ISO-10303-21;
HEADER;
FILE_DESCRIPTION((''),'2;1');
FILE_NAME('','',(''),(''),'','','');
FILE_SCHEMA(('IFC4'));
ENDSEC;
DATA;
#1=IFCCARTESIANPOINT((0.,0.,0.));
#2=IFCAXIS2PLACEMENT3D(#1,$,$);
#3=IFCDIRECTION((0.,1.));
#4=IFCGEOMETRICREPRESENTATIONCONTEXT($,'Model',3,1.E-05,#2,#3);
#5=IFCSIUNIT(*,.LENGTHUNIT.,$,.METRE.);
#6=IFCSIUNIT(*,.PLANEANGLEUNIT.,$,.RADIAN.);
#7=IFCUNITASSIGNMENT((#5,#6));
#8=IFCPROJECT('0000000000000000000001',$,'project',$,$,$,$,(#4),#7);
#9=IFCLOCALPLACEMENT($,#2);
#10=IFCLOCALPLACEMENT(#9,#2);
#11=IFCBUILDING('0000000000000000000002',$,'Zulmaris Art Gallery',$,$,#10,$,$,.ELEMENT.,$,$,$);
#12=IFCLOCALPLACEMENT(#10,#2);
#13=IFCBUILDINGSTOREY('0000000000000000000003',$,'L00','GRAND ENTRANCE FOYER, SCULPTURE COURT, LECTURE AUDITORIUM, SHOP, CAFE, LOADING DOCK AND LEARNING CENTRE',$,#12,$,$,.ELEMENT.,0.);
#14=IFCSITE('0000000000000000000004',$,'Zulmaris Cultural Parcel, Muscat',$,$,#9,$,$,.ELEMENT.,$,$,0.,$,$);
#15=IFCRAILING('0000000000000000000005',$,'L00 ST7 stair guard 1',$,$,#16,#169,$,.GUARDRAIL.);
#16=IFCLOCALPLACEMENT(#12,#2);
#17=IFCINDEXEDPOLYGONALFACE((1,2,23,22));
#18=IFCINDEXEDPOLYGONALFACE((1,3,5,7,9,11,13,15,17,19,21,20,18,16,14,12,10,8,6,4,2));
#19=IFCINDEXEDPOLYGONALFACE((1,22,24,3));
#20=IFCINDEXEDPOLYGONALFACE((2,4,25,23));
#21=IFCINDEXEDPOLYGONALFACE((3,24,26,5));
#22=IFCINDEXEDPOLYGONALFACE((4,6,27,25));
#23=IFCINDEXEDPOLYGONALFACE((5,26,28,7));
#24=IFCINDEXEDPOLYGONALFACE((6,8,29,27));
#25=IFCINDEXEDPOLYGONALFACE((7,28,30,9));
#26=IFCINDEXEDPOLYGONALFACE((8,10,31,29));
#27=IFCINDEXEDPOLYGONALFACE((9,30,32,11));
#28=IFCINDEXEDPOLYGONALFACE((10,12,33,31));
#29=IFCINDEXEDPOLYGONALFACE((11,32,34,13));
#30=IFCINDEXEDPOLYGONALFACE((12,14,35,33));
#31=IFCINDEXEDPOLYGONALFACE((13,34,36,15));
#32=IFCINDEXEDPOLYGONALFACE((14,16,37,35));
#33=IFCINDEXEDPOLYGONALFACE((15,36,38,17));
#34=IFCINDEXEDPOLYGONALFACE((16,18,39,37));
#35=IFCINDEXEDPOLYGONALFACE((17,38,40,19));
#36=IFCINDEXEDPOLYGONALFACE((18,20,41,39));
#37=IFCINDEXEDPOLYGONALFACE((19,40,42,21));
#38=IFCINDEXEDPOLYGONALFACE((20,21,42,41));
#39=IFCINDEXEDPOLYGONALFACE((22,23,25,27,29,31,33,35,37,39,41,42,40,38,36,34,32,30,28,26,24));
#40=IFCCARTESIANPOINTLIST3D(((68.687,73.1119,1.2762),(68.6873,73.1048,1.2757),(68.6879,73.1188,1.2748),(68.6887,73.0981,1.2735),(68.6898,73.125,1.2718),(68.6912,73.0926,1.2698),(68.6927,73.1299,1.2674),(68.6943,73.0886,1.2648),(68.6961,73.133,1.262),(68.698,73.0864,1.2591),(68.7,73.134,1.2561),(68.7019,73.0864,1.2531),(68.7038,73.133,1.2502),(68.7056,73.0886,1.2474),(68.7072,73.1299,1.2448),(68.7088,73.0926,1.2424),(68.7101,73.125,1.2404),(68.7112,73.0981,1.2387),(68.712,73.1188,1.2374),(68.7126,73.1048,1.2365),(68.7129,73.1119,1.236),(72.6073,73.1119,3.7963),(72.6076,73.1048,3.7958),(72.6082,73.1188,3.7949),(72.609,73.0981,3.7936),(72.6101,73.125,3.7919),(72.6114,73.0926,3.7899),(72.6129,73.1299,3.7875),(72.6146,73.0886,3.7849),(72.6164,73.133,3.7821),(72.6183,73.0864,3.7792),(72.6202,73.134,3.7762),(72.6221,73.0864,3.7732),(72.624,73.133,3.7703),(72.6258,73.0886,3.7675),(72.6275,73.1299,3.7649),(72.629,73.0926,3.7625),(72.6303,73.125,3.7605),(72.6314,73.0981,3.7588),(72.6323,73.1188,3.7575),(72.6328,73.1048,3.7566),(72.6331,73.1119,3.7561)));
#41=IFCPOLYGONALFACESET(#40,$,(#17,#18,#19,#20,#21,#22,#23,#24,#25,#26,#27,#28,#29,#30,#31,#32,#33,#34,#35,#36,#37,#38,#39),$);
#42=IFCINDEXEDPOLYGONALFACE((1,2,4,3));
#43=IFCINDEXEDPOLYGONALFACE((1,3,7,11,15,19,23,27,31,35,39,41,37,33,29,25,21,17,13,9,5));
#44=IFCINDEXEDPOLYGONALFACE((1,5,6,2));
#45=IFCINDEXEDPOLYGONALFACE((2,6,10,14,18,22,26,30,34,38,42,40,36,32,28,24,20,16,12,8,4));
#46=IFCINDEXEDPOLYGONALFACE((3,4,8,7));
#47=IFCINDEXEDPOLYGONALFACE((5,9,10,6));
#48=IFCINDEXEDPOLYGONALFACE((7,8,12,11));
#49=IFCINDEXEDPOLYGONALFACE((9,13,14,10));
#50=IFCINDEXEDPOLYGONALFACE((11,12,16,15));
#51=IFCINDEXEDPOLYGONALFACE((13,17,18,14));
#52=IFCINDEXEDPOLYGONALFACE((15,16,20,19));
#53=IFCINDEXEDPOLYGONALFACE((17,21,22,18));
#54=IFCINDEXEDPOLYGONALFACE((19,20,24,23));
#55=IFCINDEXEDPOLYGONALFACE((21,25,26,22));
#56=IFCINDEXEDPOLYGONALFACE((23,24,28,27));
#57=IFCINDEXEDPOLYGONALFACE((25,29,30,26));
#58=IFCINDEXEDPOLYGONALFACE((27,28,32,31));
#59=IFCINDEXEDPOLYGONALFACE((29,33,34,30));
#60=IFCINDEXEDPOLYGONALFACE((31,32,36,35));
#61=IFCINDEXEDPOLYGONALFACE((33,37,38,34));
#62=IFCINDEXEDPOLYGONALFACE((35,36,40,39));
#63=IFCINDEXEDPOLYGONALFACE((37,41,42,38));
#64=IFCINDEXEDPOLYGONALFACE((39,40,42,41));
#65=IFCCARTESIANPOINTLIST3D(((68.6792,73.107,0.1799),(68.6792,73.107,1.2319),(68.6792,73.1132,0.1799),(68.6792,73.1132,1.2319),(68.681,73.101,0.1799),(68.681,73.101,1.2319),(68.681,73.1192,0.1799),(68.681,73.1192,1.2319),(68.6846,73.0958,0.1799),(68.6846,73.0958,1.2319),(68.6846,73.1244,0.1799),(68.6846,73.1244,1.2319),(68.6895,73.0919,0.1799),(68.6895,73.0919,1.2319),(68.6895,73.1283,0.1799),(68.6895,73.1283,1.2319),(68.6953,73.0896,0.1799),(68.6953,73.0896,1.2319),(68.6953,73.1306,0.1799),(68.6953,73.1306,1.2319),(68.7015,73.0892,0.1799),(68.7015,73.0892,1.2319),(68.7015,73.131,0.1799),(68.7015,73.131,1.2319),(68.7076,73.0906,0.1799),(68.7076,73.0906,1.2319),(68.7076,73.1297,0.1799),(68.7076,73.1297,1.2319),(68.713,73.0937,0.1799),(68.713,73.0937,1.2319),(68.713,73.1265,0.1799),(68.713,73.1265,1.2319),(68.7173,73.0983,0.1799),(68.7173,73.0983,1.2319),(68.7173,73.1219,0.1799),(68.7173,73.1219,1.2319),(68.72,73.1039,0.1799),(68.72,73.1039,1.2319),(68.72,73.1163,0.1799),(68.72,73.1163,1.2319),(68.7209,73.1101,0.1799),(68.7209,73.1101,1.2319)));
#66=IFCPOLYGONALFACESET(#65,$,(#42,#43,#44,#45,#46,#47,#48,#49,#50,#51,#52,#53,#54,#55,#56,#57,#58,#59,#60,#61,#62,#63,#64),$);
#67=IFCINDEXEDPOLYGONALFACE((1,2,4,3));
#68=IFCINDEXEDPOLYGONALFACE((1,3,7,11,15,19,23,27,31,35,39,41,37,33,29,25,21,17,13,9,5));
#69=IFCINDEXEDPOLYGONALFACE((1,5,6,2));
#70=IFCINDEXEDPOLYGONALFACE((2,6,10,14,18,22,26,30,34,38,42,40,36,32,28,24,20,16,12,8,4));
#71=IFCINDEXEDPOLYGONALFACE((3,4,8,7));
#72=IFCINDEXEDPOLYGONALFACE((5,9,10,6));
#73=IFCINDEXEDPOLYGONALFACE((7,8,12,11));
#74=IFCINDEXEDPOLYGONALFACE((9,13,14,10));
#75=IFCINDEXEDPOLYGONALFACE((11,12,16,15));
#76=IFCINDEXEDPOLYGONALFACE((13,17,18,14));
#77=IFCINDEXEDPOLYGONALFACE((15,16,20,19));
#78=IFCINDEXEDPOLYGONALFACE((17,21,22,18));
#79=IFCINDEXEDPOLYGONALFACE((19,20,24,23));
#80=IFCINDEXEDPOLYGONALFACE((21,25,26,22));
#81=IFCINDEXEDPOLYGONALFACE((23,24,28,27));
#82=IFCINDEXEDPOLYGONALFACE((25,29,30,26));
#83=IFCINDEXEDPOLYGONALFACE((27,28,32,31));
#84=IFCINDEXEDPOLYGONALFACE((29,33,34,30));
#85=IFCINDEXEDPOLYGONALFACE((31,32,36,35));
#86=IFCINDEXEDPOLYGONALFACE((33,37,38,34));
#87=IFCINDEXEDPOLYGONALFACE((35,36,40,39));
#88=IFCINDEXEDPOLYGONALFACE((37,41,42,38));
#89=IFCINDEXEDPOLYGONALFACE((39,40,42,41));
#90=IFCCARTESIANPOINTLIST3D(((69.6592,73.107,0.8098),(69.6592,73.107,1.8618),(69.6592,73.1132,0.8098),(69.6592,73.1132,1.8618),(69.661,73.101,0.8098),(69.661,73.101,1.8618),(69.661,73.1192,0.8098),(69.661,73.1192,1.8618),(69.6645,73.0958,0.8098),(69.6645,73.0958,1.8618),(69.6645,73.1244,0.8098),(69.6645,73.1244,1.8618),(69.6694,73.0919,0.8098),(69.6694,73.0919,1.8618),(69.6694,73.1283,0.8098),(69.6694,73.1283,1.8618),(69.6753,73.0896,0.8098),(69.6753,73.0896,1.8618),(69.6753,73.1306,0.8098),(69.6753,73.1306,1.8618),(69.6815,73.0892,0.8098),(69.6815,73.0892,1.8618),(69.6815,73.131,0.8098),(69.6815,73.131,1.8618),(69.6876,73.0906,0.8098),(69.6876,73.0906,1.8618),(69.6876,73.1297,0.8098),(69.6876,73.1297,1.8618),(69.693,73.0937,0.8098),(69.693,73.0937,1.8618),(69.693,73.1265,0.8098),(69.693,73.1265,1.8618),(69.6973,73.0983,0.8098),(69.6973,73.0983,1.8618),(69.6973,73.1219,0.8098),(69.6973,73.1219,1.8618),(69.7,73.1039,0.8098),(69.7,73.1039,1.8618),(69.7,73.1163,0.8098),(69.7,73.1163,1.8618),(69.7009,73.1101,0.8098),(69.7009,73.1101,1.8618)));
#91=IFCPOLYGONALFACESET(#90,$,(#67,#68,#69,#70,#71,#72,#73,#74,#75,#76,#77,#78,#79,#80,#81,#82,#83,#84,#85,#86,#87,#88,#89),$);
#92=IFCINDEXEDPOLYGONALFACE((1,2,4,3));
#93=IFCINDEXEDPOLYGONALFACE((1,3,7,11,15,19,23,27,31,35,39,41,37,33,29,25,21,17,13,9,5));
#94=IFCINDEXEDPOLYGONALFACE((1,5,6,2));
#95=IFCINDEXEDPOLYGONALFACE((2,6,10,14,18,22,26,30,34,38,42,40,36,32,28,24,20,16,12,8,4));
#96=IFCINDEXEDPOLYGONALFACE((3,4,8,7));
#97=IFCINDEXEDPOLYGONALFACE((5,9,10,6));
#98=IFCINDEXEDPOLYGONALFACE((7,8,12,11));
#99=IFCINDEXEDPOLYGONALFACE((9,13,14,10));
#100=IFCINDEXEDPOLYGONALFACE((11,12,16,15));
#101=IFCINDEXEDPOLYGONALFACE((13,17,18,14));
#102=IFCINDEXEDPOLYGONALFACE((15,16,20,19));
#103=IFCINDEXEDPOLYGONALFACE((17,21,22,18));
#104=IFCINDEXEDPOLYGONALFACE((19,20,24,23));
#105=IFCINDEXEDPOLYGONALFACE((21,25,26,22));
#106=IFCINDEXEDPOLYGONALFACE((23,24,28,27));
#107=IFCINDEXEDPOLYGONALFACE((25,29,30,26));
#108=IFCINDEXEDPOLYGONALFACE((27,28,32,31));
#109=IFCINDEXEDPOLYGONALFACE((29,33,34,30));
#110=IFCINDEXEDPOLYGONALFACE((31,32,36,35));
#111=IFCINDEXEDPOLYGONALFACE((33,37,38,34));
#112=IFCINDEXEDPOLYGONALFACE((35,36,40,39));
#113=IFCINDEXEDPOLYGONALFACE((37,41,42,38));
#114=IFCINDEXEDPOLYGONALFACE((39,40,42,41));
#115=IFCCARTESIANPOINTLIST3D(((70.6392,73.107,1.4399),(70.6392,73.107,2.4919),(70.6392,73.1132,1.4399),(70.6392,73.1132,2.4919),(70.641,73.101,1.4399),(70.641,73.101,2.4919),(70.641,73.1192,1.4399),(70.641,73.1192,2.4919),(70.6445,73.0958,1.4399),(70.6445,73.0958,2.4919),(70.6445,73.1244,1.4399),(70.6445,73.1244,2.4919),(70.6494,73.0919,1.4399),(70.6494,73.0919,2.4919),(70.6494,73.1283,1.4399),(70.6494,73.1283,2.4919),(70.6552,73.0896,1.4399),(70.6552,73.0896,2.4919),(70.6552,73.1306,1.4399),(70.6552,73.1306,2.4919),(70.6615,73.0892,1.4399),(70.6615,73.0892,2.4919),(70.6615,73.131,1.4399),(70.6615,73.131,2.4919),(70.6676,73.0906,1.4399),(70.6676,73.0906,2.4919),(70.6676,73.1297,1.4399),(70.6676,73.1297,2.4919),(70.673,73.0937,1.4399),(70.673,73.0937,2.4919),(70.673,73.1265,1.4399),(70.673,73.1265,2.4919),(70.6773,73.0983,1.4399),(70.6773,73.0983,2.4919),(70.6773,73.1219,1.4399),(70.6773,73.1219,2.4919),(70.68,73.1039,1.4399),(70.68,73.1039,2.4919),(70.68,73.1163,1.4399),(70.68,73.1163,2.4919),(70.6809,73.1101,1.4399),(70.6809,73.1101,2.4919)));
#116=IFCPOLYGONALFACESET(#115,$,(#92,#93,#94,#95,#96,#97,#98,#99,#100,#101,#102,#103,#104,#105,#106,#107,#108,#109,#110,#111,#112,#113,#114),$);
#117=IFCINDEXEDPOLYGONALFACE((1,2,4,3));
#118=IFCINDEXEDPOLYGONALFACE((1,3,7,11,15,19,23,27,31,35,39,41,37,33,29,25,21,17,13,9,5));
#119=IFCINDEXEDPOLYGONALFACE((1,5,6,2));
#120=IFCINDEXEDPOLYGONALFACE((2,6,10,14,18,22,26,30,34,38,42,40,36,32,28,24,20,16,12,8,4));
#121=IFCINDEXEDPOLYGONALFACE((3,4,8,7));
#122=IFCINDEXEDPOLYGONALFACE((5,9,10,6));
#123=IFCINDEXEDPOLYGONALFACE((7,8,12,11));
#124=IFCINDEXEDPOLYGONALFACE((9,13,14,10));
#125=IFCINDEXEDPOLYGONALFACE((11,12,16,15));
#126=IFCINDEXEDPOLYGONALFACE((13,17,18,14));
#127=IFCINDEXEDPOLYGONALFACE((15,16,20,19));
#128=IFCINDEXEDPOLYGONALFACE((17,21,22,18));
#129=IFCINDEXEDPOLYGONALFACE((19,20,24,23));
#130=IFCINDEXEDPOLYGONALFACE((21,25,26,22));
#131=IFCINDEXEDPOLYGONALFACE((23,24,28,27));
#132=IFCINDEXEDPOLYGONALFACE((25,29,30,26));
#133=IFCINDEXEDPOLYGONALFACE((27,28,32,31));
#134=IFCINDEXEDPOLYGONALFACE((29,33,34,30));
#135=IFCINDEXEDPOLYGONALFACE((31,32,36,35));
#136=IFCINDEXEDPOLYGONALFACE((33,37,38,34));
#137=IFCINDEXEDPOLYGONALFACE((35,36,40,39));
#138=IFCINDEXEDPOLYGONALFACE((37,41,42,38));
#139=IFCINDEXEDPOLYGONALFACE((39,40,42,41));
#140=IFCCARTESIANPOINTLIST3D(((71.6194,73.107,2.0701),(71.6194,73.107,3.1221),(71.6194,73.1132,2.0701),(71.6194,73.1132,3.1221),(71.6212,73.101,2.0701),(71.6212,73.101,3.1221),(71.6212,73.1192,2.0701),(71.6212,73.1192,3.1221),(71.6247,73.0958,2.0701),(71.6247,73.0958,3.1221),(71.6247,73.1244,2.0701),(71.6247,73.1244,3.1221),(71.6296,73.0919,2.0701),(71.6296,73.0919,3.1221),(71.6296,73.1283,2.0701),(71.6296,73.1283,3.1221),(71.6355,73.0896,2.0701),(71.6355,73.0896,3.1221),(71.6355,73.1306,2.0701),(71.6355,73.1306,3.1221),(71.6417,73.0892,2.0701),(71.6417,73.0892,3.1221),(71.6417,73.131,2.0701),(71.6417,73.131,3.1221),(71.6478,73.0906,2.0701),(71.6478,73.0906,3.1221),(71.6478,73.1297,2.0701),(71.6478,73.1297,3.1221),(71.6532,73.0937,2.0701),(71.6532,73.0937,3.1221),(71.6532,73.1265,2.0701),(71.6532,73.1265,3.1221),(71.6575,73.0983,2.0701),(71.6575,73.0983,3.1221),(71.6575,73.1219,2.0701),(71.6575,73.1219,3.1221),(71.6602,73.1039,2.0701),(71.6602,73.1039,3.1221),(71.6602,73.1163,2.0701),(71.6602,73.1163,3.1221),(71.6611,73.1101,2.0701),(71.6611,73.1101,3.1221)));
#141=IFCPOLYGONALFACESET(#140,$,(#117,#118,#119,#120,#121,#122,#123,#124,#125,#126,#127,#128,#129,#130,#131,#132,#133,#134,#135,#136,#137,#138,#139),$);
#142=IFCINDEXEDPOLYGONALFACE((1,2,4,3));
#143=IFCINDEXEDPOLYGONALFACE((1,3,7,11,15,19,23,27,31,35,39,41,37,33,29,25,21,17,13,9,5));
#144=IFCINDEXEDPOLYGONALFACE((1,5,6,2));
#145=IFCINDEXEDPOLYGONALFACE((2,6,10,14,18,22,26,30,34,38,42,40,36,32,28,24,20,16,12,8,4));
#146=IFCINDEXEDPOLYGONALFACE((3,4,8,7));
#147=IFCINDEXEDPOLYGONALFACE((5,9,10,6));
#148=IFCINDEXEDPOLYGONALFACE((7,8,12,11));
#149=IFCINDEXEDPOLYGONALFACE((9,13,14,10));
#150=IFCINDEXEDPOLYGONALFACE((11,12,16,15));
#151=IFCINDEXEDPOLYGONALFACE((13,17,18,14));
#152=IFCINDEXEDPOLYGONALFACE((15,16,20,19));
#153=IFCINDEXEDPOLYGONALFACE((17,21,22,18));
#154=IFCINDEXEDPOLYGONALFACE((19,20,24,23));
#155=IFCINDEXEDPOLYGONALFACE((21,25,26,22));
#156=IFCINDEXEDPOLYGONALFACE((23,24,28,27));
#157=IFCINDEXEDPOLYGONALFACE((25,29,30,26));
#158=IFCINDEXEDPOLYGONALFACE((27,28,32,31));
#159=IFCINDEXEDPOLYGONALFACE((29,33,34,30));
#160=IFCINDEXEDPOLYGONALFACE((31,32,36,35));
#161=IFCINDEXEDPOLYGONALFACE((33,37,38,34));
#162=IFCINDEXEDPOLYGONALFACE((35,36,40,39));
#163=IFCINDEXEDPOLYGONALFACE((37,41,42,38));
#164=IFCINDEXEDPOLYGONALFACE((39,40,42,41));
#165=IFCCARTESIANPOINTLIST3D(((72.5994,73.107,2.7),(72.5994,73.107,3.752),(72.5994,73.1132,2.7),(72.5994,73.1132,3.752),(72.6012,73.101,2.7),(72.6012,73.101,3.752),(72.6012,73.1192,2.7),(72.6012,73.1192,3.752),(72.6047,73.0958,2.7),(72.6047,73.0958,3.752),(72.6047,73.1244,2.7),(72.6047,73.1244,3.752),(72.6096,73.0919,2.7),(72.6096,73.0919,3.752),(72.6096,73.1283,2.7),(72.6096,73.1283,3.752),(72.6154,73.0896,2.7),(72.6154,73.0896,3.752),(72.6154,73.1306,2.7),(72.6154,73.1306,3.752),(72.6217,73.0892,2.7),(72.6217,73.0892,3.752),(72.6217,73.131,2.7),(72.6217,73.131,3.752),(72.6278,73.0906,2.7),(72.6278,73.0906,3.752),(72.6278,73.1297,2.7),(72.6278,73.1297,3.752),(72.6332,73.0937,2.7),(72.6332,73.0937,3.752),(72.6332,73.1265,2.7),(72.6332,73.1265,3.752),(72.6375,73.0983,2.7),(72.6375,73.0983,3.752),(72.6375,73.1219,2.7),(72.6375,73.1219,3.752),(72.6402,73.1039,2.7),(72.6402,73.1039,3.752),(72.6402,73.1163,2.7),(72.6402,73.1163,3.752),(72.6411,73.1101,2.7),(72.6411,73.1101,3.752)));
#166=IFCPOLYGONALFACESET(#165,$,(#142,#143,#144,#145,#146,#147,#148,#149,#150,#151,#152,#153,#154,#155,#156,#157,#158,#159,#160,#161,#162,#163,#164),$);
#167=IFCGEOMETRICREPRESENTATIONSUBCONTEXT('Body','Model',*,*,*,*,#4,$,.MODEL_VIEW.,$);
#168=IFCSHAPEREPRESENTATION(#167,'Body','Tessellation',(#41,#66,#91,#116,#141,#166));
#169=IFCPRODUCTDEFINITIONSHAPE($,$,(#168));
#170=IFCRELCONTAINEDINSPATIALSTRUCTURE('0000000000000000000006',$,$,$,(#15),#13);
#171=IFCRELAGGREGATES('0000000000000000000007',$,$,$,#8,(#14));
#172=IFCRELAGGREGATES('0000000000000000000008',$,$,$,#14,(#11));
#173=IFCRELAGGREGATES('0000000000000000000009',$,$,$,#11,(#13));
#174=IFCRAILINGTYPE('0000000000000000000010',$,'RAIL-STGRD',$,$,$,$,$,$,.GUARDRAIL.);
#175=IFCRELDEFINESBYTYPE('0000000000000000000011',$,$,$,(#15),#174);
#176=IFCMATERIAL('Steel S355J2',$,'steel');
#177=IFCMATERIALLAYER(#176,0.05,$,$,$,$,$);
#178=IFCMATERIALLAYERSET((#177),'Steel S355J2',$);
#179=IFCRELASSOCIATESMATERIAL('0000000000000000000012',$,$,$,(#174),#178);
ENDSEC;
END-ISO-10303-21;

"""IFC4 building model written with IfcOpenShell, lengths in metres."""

from ifc_helpers import new_model, si_unit, direction, frame, origin, origin_2d, place, context, subcontext, project, spatial, circle, extrude, material, layer, layer_set, type_object, element, save


model = new_model("IFC4")

# Units and contexts
model_context = context("Model", 3, precision=1e-05, world=origin(), true_north=direction((0.0, 1.0)))
body_context = subcontext(model_context, "Body", "Model", "MODEL_VIEW")
ifc_project = project(units=[si_unit("LENGTHUNIT", "METRE"), si_unit("PLANEANGLEUNIT", "RADIAN")], contexts=[model_context])

# Site, building, storey
site_placement = place(None, origin())
site = spatial("IfcSite", under=ifc_project, at=site_placement, Name="Zulmaris Cultural Parcel, Muscat", CompositionType="ELEMENT", RefElevation=0.0)
building_placement = place(site_placement, origin())
building = spatial("IfcBuilding", under=site, at=building_placement, Name="Zulmaris Art Gallery", CompositionType="ELEMENT")
storey_placement = place(building_placement, origin())
storey = spatial("IfcBuildingStorey", under=building, at=storey_placement, Name="L00", Description="GRAND ENTRANCE FOYER, SCULPTURE COURT, LECTURE AUDITORIUM, SHOP, CAFE, LOADING DOCK AND LEARNING CENTRE", CompositionType="ELEMENT", Elevation=0.0)

# Railing
ifc_material_1 = material(Name="Steel S355J2", Category="steel")
ifc_layer_1 = layer(ifc_material_1, 0.05)
ifc_layer_set_1 = layer_set([ifc_layer_1], Name="Steel S355J2")
railing_type_1 = type_object("IfcRailingType", Name="RAIL-STGRD", PredefinedType="GUARDRAIL", material=ifc_layer_set_1)
railing_1_placement = place(storey_placement, frame((68.7, 73.1101, 0.1799)))
element("IfcRailing", 1, at=railing_1_placement, inside=storey, type_object=railing_type_1, Name="L00 ST7 stair guard 1", PredefinedType="GUARDRAIL", context=body_context, shape_type="SweptSolid", body=[
    extrude(circle(Radius=0.0239, at=origin_2d()), frame((0.0, 0.0, 1.0762), z_axis=(0.841187, 0.0, 0.540744), x_axis=(0.0, 1.0, 0.0)), (0.0, 0.0, 1.0), 4.6604),
    extrude(circle(Radius=0.021, at=origin_2d()), origin(), (0.0, 0.0, 1.0), 1.052),
    extrude(circle(Radius=0.021, at=origin_2d()), frame((0.98, 0.0, 0.6299)), (0.0, 0.0, 1.0), 1.052),
    extrude(circle(Radius=0.021, at=origin_2d()), frame((1.96, 0.0, 1.26)), (0.0, 0.0, 1.0), 1.052),
    extrude(circle(Radius=0.021, at=origin_2d()), frame((2.9402, 0.0, 1.8901)), (0.0, 0.0, 1.0), 1.052),
    extrude(circle(Radius=0.021, at=origin_2d()), frame((3.9202, 0.0, 2.52)), (0.0, 0.0, 1.0), 1.052),
])

save(model, "model.ifc")
